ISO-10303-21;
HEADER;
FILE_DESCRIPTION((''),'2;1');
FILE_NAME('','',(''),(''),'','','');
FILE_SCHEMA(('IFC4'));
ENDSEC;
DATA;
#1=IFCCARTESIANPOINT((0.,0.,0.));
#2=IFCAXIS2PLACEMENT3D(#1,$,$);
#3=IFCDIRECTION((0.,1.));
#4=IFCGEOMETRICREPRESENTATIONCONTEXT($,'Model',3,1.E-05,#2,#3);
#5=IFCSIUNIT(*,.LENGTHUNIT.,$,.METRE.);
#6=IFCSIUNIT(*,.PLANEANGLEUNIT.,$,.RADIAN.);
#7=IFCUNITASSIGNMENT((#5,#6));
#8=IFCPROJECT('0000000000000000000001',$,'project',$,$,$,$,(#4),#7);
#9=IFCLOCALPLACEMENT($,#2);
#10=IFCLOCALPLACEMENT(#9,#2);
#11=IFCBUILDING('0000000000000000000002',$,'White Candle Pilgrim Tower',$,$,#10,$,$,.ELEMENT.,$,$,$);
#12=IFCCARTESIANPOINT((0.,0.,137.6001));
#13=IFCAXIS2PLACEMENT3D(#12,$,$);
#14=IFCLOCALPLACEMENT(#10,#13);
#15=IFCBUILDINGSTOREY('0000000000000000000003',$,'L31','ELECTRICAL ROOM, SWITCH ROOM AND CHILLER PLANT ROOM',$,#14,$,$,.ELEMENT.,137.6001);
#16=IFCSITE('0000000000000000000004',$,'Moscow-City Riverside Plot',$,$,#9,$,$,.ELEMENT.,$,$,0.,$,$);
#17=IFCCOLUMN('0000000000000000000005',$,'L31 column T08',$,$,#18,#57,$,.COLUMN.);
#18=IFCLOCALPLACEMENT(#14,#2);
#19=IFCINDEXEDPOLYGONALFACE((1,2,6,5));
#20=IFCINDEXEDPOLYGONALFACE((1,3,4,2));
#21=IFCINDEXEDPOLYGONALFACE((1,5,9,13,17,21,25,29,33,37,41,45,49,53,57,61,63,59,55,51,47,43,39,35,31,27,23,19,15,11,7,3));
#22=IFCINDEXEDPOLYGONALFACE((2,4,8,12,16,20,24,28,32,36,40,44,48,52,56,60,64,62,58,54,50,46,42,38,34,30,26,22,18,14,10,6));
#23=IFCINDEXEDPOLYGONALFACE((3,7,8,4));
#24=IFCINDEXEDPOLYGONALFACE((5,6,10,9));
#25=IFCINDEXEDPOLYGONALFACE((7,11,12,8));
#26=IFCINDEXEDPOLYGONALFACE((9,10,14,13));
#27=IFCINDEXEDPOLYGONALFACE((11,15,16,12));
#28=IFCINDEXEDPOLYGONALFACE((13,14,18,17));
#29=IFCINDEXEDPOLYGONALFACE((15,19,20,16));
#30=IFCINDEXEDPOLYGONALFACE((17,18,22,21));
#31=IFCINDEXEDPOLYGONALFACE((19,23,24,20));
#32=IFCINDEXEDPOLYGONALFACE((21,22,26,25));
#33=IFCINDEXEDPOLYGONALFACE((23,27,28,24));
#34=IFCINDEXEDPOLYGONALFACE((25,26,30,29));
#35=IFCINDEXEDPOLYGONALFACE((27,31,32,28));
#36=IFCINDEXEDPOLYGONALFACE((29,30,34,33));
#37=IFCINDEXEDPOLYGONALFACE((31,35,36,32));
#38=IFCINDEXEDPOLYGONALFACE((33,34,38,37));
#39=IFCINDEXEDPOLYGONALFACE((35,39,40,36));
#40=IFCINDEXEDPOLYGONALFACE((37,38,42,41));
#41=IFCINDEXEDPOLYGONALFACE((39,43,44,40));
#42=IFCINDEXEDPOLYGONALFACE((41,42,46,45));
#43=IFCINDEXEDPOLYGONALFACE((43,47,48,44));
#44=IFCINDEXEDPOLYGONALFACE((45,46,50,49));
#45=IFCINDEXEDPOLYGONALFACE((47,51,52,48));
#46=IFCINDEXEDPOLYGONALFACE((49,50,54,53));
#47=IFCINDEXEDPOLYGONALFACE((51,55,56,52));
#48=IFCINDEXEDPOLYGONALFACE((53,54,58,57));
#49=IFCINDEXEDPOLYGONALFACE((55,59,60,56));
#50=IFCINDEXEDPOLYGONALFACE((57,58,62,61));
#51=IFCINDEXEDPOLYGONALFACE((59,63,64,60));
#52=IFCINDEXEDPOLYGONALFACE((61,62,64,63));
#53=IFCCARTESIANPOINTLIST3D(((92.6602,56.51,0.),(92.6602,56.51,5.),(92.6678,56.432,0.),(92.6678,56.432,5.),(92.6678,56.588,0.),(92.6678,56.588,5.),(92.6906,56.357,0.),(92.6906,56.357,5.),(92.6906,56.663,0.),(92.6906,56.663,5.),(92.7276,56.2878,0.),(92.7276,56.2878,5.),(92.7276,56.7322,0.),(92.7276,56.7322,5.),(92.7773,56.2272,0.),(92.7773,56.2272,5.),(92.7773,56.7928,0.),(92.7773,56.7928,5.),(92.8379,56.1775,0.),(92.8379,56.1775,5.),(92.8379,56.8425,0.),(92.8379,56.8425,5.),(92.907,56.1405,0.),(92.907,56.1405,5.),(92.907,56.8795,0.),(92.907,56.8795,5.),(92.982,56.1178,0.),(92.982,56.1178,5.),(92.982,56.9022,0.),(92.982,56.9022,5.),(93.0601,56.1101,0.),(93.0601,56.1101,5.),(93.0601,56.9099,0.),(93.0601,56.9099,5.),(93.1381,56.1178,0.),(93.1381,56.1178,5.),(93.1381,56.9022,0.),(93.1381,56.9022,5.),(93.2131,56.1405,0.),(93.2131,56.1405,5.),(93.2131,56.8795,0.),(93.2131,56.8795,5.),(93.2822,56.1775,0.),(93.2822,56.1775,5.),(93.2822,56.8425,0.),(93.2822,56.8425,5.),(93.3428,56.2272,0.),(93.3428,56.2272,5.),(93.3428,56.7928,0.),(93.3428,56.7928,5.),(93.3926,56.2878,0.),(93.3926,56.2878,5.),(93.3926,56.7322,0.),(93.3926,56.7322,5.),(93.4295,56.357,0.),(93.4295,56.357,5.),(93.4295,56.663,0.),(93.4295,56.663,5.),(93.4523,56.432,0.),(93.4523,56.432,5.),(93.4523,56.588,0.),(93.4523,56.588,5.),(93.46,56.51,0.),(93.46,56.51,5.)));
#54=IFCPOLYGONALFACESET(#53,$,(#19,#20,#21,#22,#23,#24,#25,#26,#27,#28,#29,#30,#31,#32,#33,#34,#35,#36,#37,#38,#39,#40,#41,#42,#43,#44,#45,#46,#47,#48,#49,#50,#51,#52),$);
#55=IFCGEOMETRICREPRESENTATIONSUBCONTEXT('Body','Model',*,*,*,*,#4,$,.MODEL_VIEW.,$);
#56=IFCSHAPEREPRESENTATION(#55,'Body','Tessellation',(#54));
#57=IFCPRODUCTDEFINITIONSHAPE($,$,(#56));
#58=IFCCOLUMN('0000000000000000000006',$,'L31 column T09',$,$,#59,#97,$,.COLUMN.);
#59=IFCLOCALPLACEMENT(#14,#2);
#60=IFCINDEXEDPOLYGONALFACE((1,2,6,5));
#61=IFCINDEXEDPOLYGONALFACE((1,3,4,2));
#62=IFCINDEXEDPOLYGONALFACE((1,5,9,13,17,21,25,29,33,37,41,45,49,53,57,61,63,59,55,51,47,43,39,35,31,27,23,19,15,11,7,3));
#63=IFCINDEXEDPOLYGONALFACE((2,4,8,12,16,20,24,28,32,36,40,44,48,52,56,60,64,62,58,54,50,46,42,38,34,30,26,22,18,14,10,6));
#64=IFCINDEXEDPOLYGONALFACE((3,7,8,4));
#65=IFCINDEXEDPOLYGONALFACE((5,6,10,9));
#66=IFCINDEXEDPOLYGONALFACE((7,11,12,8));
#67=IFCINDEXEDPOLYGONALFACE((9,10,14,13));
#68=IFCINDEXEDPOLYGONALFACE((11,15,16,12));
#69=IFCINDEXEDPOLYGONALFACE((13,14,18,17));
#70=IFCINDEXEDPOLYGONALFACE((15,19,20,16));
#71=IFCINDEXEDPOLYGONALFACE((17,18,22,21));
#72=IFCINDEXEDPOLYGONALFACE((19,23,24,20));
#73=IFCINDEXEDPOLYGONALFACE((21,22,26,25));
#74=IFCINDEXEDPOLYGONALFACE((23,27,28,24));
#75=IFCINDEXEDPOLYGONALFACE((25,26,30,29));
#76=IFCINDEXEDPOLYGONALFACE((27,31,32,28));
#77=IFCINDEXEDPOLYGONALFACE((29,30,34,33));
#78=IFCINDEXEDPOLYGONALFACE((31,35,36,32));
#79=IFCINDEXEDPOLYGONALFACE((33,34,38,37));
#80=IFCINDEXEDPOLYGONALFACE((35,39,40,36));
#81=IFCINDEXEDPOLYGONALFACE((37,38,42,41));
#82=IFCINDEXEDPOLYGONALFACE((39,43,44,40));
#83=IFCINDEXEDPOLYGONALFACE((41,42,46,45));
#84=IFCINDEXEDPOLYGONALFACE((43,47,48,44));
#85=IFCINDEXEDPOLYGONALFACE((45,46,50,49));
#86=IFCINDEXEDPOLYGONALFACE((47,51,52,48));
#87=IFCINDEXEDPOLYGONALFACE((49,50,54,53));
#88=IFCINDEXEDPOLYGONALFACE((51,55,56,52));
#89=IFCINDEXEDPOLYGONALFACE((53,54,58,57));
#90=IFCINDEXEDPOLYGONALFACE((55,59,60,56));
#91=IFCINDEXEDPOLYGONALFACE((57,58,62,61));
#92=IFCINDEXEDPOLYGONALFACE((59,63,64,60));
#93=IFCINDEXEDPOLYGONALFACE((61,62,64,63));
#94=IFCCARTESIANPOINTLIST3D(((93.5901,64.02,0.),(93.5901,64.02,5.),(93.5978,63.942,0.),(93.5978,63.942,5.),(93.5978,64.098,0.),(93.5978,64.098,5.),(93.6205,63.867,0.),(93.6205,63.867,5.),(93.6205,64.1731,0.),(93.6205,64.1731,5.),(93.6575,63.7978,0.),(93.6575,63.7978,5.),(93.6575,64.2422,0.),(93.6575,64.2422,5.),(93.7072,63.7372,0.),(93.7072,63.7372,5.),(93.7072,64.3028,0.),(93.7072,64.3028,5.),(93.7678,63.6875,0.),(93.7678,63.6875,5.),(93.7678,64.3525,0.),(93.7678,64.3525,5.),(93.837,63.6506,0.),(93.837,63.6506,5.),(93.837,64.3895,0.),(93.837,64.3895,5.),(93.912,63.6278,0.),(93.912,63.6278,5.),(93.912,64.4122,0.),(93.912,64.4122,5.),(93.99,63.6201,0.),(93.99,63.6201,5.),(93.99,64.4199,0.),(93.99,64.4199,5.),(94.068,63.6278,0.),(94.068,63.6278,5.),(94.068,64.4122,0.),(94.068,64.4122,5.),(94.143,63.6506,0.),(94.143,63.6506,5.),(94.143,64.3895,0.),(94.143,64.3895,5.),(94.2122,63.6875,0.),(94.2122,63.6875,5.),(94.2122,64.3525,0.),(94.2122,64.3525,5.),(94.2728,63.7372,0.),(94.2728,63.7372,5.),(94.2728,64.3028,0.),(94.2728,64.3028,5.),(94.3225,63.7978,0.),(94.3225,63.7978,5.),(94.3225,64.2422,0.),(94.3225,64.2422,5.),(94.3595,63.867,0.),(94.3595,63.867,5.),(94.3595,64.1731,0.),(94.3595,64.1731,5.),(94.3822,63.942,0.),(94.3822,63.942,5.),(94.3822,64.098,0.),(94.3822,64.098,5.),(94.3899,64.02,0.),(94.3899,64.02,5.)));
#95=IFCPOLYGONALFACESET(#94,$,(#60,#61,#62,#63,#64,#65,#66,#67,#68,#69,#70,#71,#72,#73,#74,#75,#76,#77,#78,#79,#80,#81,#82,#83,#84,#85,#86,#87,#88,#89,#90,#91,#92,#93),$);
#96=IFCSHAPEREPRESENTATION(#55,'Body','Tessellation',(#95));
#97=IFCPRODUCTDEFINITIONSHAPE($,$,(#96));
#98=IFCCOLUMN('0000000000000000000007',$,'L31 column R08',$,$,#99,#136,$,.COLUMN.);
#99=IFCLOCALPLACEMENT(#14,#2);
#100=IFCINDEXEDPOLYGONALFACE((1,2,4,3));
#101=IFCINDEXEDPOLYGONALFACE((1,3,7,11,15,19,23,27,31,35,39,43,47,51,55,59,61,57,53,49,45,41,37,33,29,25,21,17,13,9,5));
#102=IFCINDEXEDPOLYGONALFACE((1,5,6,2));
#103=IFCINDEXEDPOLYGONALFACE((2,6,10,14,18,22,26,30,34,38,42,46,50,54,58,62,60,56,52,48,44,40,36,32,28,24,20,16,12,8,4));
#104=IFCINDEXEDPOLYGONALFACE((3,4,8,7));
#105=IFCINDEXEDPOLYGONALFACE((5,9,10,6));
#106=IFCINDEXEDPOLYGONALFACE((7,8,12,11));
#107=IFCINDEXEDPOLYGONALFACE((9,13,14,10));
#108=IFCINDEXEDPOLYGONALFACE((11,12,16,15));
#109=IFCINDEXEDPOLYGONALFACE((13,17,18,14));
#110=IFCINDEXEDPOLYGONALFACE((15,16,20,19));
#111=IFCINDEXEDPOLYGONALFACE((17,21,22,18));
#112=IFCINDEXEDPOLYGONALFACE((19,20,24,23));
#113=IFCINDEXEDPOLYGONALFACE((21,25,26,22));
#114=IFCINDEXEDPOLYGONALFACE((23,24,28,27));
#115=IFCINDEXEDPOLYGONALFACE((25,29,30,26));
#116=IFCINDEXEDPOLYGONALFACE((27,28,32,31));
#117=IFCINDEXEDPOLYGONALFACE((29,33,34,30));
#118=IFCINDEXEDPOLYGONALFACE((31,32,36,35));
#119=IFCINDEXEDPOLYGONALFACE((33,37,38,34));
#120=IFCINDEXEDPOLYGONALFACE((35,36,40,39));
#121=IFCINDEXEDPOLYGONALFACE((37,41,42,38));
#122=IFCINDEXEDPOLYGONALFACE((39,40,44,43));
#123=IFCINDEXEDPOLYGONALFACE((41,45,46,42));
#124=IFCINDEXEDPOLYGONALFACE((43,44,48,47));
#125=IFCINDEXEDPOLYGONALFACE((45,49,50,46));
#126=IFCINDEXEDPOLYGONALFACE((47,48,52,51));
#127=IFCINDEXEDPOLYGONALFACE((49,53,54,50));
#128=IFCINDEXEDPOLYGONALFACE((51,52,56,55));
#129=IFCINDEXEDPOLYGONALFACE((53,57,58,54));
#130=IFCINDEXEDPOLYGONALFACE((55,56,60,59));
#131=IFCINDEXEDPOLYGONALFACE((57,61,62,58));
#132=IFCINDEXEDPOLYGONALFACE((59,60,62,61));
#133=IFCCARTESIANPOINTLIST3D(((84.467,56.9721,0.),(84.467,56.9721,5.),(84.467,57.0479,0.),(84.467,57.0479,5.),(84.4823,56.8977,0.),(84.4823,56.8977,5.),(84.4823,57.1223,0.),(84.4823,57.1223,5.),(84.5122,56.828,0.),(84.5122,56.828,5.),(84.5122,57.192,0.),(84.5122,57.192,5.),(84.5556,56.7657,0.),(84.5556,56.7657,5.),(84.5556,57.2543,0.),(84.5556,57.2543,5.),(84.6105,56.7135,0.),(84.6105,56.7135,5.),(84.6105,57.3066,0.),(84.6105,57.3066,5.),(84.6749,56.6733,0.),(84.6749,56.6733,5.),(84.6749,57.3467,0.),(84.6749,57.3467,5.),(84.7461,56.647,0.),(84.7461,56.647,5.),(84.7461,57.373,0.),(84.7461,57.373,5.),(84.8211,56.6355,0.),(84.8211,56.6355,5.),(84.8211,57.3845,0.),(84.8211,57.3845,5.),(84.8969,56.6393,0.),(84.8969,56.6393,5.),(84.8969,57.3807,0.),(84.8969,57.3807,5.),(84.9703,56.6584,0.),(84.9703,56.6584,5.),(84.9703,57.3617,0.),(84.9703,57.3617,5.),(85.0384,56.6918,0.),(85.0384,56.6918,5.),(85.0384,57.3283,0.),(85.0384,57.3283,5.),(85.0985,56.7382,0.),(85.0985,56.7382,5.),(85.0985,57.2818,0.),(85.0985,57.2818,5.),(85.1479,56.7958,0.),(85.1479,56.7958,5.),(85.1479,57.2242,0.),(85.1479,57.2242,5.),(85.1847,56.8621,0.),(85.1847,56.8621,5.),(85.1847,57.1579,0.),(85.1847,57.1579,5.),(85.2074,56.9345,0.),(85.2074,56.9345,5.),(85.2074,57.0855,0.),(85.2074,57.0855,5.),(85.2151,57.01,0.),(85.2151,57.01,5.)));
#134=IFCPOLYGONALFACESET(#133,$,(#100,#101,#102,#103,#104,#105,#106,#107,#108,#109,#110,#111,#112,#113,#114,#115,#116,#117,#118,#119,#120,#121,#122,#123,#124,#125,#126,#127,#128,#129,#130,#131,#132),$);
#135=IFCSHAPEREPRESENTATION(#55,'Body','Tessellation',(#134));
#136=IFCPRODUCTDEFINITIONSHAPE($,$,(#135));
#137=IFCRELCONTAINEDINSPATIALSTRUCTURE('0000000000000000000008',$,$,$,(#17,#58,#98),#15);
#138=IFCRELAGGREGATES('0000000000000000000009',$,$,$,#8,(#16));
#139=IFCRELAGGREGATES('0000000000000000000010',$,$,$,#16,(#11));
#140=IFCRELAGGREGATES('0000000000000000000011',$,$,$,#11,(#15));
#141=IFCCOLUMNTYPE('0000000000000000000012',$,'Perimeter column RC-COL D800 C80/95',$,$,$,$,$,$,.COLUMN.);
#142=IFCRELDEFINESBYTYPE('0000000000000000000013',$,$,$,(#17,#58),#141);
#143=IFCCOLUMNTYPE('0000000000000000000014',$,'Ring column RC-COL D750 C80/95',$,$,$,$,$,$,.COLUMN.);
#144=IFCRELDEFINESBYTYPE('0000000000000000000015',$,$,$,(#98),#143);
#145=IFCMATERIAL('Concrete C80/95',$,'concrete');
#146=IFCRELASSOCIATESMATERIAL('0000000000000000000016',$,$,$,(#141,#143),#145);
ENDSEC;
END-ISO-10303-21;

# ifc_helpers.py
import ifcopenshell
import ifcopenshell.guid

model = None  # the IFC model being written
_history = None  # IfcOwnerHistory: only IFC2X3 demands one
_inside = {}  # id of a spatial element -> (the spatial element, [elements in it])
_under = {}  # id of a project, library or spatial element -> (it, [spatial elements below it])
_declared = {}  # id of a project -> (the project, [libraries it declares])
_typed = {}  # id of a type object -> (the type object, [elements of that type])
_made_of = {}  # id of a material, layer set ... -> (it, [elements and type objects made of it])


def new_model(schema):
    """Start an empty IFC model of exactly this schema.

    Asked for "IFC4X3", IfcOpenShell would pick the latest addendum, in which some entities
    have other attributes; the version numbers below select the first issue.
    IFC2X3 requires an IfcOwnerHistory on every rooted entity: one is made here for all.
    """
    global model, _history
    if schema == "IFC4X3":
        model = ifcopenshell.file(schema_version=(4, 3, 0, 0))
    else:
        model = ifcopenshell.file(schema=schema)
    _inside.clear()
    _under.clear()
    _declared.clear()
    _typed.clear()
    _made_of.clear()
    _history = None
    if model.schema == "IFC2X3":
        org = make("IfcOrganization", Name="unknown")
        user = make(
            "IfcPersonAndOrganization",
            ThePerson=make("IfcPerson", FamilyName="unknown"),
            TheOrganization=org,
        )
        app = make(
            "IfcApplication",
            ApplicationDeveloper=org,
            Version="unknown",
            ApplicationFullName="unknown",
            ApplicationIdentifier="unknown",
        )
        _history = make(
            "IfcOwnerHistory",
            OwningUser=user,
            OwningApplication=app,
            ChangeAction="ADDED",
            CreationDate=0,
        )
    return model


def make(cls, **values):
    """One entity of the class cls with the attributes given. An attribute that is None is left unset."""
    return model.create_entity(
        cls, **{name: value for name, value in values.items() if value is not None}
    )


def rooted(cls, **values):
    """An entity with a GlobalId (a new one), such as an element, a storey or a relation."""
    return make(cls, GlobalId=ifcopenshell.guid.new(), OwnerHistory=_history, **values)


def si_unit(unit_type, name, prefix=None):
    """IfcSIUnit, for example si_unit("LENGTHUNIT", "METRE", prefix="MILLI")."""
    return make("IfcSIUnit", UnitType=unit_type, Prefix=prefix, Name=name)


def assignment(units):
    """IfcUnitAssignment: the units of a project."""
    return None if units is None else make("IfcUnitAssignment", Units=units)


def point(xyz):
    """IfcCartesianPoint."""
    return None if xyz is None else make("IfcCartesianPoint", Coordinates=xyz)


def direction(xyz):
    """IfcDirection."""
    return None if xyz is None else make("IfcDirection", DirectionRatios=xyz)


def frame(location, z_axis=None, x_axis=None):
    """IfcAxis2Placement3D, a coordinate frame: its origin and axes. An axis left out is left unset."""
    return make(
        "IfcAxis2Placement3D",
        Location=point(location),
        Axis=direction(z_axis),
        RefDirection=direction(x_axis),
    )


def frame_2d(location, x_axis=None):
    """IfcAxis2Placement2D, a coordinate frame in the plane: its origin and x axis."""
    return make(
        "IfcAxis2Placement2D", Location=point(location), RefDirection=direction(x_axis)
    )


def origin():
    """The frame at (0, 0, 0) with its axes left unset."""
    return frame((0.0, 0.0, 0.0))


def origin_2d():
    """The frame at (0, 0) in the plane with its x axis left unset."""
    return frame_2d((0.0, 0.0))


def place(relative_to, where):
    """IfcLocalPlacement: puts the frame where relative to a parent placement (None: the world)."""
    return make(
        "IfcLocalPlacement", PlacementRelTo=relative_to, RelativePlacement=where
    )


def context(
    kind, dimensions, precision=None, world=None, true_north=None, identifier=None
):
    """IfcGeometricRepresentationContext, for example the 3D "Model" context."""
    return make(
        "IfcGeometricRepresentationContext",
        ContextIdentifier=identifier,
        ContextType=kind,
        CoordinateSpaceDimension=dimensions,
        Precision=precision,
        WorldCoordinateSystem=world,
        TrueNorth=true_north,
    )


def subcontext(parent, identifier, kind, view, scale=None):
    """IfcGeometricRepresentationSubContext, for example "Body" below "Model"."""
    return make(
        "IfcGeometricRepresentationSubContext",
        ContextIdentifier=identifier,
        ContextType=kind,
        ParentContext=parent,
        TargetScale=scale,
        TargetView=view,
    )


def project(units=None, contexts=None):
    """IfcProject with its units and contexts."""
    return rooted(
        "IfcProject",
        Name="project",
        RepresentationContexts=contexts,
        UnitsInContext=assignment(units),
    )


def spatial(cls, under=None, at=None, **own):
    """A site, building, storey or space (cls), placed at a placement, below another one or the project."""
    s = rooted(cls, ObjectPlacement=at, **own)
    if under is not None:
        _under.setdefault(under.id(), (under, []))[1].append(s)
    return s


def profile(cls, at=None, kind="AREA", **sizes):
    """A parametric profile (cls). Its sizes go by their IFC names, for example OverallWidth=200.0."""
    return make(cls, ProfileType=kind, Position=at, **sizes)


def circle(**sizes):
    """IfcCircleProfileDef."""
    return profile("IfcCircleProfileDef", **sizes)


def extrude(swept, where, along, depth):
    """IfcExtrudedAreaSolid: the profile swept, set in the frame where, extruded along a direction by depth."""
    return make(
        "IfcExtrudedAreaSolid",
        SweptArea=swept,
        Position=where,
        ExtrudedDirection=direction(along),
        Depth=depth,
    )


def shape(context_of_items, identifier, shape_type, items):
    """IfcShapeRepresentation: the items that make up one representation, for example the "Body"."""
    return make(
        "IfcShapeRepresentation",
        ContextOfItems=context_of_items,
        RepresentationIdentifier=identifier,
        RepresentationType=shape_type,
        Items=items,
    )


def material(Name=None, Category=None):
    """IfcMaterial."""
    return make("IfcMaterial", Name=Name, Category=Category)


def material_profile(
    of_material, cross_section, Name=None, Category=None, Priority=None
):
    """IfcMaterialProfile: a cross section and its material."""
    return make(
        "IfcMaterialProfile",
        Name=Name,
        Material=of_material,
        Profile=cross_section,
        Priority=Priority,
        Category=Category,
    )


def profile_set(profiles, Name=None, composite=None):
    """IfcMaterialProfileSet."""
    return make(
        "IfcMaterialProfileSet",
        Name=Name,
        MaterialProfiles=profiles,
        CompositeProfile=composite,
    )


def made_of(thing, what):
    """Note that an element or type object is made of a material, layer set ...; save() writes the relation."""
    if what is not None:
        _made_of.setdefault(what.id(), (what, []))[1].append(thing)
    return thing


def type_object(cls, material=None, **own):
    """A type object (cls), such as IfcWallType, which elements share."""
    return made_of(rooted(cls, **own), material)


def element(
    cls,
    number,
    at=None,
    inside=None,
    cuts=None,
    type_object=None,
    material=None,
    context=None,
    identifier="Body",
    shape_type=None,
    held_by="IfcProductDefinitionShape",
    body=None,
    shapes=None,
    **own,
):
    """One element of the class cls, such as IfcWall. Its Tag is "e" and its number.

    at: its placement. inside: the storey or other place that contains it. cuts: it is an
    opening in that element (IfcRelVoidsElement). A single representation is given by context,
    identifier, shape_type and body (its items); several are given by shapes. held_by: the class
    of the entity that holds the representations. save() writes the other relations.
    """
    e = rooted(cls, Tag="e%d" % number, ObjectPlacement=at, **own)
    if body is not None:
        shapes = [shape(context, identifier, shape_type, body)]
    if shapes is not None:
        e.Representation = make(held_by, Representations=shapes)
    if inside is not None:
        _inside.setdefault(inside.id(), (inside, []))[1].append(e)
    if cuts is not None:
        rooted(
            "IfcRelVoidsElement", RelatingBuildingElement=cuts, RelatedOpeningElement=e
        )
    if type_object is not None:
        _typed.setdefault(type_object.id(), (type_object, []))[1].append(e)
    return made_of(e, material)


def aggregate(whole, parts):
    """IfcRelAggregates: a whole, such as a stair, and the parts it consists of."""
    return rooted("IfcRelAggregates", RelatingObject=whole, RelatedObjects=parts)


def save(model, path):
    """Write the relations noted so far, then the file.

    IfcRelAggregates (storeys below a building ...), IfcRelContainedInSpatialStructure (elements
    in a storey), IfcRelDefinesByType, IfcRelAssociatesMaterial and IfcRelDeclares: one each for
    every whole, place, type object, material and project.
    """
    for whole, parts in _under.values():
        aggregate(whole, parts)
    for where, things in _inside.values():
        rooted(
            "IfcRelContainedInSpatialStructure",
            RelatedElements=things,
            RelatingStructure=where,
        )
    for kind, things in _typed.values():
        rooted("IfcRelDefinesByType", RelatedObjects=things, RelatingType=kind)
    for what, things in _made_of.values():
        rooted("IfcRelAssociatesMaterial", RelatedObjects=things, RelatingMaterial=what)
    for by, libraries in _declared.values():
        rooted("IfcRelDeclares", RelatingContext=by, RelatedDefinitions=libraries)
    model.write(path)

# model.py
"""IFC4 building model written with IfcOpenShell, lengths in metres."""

from ifc_helpers import new_model, si_unit, direction, frame, origin, origin_2d, place, context, subcontext, project, spatial, circle, extrude, material, material_profile, profile_set, type_object, element, save


model = new_model("IFC4")

# Units and contexts
model_context = context("Model", 3, precision=1e-05, world=origin(), true_north=direction((0.0, 1.0)))
body_context = subcontext(model_context, "Body", "Model", "MODEL_VIEW")
ifc_project = project(units=[si_unit("LENGTHUNIT", "METRE"), si_unit("PLANEANGLEUNIT", "RADIAN")], contexts=[model_context])

# Site, building, storey
site_placement = place(None, origin())
site = spatial("IfcSite", under=ifc_project, at=site_placement, Name="Moscow-City Riverside Plot", CompositionType="ELEMENT", RefElevation=0.0)
building_placement = place(site_placement, origin())
building = spatial("IfcBuilding", under=site, at=building_placement, Name="White Candle Pilgrim Tower", CompositionType="ELEMENT")
storey_placement = place(building_placement, frame((0.0, 0.0, 137.6001)))
storey = spatial("IfcBuildingStorey", under=building, at=storey_placement, Name="L31", Description="ELECTRICAL ROOM, SWITCH ROOM AND CHILLER PLANT ROOM", CompositionType="ELEMENT", Elevation=137.6001)

# Columns
ifc_material_1 = material(Name="Concrete C80/95", Category="concrete")
ifc_material_profile_1 = material_profile(ifc_material_1, circle(Radius=0.3999, at=origin_2d()), Name="RC-COL D800")
ifc_profile_set_1 = profile_set([ifc_material_profile_1], Name="Concrete C80/95")
column_type_1 = type_object("IfcColumnType", Name="Perimeter column RC-COL D800 C80/95", PredefinedType="COLUMN", material=ifc_profile_set_1)
for number, where, z_axis, x_axis, name in (
    (1, (93.0601, 56.51, 0.0), (0.0, 0.0, 1.0), (1.0, 0.0, 0.0), "L31 column T08"),
    (2, (93.99, 64.02, 0.0), (0.0, 0.0, 1.0), (1.0, 0.0, 0.0), "L31 column T09"),
):
    element("IfcColumn", number, at=place(storey_placement, frame(where, z_axis=z_axis, x_axis=x_axis)), inside=storey, type_object=column_type_1, Name=name, PredefinedType="COLUMN", context=body_context, shape_type="SweptSolid", body=[
        extrude(circle(Radius=0.3999, at=origin_2d()), origin(), (0.0, 0.0, 1.0), 5.0),
    ])
ifc_material_profile_2 = material_profile(ifc_material_1, circle(Radius=0.375, at=origin_2d()), Name="RC-COL D750")
ifc_profile_set_2 = profile_set([ifc_material_profile_2], Name="Concrete C80/95")
column_type_2 = type_object("IfcColumnType", Name="Ring column RC-COL D750 C80/95", PredefinedType="COLUMN", material=ifc_profile_set_2)
column_placement = place(storey_placement, frame((84.8401, 57.01, 0.0), z_axis=(0.0, 0.0, 1.0), x_axis=(1.0, 0.0, 0.0)))
element("IfcColumn", 3, at=column_placement, inside=storey, type_object=column_type_2, Name="L31 column R08", PredefinedType="COLUMN", context=body_context, shape_type="SweptSolid", body=[
    extrude(circle(Radius=0.375, at=origin_2d()), origin(), (0.0, 0.0, 1.0), 5.0),
])

save(model, "model.ifc")
